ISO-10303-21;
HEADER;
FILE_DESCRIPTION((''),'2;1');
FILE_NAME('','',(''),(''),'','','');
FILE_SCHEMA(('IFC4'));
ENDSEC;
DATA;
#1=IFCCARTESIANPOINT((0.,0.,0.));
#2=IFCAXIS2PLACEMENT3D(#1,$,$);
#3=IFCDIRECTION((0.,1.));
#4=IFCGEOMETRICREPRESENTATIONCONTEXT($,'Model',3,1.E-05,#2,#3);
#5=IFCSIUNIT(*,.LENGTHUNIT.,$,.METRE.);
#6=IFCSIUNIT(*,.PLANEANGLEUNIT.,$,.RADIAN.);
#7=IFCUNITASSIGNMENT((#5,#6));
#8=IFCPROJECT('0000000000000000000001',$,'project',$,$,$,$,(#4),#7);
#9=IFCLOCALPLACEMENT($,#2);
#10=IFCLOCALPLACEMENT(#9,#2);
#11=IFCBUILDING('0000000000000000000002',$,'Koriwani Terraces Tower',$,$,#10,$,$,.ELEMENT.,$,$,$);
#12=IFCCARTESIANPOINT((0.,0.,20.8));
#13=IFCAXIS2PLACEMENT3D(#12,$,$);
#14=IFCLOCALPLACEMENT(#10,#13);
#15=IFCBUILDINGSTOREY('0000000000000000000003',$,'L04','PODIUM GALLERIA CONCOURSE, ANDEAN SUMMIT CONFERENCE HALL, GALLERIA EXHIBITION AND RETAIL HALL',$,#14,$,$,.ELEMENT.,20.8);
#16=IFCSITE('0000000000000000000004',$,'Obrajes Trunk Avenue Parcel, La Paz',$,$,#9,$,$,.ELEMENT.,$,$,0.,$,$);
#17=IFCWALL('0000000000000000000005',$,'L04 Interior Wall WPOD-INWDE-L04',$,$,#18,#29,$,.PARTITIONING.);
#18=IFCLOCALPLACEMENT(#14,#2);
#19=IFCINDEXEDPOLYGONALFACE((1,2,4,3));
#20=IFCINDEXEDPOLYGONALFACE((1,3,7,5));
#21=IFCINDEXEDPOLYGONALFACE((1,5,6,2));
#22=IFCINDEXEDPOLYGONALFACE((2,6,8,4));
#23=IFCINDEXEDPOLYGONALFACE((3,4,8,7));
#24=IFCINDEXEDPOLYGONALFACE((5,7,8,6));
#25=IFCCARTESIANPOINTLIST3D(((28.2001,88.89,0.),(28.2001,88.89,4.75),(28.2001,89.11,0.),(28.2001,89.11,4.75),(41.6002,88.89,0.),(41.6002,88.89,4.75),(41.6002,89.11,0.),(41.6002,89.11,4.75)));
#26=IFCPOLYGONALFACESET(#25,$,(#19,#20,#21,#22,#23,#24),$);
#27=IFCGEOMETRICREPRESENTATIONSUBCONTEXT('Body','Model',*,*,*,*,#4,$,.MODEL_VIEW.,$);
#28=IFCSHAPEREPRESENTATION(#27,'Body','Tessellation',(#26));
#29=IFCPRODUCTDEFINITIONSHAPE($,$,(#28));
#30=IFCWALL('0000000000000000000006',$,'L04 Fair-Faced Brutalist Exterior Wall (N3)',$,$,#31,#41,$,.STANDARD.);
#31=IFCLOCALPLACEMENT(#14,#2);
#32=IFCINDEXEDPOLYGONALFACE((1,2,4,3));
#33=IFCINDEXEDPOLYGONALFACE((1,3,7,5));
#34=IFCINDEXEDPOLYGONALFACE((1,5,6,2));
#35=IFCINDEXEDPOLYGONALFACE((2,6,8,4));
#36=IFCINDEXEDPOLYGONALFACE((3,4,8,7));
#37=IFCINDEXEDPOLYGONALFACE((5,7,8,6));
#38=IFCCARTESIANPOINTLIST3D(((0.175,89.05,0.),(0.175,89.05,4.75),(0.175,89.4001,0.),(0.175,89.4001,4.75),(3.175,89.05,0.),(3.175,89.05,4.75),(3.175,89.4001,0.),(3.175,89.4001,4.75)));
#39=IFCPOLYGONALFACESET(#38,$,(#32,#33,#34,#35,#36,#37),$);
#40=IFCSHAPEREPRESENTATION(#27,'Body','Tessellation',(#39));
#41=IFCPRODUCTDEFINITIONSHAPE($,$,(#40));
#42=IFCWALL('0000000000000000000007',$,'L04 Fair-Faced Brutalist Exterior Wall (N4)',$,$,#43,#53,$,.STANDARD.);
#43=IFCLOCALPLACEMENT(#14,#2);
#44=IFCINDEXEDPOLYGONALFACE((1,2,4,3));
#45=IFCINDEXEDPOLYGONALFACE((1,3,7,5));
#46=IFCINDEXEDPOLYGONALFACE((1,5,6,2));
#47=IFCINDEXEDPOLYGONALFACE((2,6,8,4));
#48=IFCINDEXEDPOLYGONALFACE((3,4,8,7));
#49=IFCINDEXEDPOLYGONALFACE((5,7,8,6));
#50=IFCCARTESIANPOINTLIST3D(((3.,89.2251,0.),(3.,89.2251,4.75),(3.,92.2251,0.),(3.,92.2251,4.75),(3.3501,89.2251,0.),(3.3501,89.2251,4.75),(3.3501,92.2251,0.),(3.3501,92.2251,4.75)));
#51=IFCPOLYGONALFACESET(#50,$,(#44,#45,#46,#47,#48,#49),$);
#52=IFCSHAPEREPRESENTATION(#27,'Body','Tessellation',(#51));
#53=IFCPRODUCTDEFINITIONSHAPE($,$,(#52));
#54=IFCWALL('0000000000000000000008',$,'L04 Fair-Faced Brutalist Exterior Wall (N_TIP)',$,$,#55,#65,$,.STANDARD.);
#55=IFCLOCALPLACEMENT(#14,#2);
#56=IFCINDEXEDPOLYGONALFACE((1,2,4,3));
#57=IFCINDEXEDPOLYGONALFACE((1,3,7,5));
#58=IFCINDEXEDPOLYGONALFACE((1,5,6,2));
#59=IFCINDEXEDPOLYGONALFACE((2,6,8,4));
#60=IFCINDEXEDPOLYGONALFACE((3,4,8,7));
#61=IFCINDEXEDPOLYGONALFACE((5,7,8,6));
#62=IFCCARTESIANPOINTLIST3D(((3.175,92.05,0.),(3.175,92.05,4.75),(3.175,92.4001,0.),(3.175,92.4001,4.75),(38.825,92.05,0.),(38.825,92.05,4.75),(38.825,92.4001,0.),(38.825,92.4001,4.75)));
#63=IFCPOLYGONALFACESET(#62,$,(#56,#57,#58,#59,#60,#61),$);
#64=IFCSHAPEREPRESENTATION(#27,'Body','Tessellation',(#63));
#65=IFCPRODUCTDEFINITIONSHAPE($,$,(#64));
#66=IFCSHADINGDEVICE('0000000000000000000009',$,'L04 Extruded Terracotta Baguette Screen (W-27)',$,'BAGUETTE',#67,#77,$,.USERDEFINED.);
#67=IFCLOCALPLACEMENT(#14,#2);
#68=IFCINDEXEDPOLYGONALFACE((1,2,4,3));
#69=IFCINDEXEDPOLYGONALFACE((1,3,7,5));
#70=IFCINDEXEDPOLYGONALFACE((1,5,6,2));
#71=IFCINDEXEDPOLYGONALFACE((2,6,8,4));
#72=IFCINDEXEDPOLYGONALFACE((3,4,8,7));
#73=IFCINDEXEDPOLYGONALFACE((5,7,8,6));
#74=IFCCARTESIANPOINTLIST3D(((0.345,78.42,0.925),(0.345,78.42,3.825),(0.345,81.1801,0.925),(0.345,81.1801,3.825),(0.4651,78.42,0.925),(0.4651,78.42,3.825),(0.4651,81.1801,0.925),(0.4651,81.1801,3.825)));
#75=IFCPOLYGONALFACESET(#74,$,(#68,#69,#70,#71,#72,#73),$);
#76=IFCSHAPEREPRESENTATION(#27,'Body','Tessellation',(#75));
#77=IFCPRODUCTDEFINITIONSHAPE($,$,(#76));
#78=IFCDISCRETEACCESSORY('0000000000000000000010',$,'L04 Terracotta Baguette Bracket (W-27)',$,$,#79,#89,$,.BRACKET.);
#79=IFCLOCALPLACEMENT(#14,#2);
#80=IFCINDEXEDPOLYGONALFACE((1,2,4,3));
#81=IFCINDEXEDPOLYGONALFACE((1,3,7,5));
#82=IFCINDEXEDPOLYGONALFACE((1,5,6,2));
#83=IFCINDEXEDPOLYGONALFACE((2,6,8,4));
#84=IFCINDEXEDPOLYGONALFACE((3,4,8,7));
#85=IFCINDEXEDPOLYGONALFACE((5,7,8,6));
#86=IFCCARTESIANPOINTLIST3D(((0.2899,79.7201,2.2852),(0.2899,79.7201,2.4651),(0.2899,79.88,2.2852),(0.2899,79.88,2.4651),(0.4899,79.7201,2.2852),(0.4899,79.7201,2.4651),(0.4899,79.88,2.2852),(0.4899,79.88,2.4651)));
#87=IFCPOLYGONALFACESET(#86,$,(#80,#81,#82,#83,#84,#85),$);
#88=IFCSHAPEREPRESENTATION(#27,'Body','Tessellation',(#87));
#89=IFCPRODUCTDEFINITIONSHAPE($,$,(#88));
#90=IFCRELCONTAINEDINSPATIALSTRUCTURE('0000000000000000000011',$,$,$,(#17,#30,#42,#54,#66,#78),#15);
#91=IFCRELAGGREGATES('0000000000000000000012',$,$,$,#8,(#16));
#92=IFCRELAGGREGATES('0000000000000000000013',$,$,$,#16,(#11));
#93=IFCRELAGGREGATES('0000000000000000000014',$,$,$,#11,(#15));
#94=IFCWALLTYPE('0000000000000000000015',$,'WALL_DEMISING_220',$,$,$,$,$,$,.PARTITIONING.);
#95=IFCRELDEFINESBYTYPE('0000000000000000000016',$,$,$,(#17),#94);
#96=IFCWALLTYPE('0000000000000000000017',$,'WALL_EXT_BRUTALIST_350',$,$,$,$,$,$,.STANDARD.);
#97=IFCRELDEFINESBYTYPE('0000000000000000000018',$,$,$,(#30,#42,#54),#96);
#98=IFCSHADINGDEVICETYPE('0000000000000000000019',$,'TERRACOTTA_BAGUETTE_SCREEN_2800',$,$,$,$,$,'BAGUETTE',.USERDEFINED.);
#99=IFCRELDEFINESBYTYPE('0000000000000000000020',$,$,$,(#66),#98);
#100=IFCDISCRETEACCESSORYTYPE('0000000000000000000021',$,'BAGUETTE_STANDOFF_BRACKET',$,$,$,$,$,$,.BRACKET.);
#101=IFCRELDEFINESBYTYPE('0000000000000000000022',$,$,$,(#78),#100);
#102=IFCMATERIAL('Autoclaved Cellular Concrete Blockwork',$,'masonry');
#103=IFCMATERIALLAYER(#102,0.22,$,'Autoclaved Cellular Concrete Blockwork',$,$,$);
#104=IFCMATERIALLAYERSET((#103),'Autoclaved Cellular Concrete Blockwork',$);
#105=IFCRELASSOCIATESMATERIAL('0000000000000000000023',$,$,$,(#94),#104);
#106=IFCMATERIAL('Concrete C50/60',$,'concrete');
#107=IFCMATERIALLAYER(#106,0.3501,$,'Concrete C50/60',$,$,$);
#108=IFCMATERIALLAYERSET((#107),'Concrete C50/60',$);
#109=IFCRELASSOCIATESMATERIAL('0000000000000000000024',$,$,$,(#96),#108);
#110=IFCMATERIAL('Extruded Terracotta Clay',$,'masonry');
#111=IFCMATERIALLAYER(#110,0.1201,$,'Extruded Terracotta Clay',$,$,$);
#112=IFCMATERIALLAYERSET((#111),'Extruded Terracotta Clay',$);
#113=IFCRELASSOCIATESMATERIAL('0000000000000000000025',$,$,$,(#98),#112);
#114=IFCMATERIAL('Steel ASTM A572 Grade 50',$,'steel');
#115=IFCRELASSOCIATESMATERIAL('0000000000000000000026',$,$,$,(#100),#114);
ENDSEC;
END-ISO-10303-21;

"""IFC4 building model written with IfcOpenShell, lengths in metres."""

from ifc_helpers import new_model, si_unit, direction, frame, frame_2d, origin, origin_2d, place, context, subcontext, project, spatial, rectangle, extrude, material, layer, layer_set, type_object, element, save


model = new_model("IFC4")

# Units and contexts
model_context = context("Model", 3, precision=1e-05, world=origin(), true_north=direction((0.0, 1.0)))
body_context = subcontext(model_context, "Body", "Model", "MODEL_VIEW")
ifc_project = project(units=[si_unit("LENGTHUNIT", "METRE"), si_unit("PLANEANGLEUNIT", "RADIAN")], contexts=[model_context])

# Site, building, storey
site_placement = place(None, origin())
site = spatial("IfcSite", under=ifc_project, at=site_placement, Name="Obrajes Trunk Avenue Parcel, La Paz", CompositionType="ELEMENT", RefElevation=0.0)
building_placement = place(site_placement, origin())
building = spatial("IfcBuilding", under=site, at=building_placement, Name="Koriwani Terraces Tower", CompositionType="ELEMENT")
storey_placement = place(building_placement, frame((0.0, 0.0, 20.8)))
storey = spatial("IfcBuildingStorey", under=building, at=storey_placement, Name="L04", Description="PODIUM GALLERIA CONCOURSE, ANDEAN SUMMIT CONFERENCE HALL, GALLERIA EXHIBITION AND RETAIL HALL", CompositionType="ELEMENT", Elevation=20.8)

# Shared definitions
ifc_material_1 = material(Name="Steel ASTM A572 Grade 50", Category="steel")

# Walls
ifc_material_2 = material(Name="Autoclaved Cellular Concrete Blockwork", Category="masonry")
ifc_layer_1 = layer(ifc_material_2, 0.22, Name="Autoclaved Cellular Concrete Blockwork")
ifc_layer_set_1 = layer_set([ifc_layer_1], Name="Autoclaved Cellular Concrete Blockwork")
wall_type_1 = type_object("IfcWallType", Name="WALL_DEMISING_220", PredefinedType="PARTITIONING", material=ifc_layer_set_1)
wall_1_placement = place(storey_placement, frame((28.2, 89.0, 0.0), z_axis=(0.0, 0.0, 1.0), x_axis=(1.0, 0.0, 0.0)))
element("IfcWall", 1, at=wall_1_placement, inside=storey, type_object=wall_type_1, Name="L04 Interior Wall WPOD-INWDE-L04", PredefinedType="PARTITIONING", context=body_context, shape_type="SweptSolid", body=[
    extrude(rectangle(XDim=13.4001, YDim=0.22, at=frame_2d((6.7002, 0.0))), origin(), (0.0, 0.0, 1.0), 4.75),
])
ifc_material_3 = material(Name="Concrete C50/60", Category="concrete")
ifc_layer_2 = layer(ifc_material_3, 0.3501, Name="Concrete C50/60")
ifc_layer_set_2 = layer_set([ifc_layer_2], Name="Concrete C50/60")
wall_type_2 = type_object("IfcWallType", Name="WALL_EXT_BRUTALIST_350", PredefinedType="STANDARD", material=ifc_layer_set_2)
for number, where, z_axis, x_axis, name in (
    (2, (0.175, 89.2251, 0.0), (0.0, 0.0, 1.0), (1.0, 0.0, 0.0), "L04 Fair-Faced Brutalist Exterior Wall (N3)"),
    (3, (3.175, 89.2251, 0.0), (0.0, 0.0, 1.0), (0.0, 1.0, 0.0), "L04 Fair-Faced Brutalist Exterior Wall (N4)"),
):
    element("IfcWall", number, at=place(storey_placement, frame(where, z_axis=z_axis, x_axis=x_axis)), inside=storey, type_object=wall_type_2, Name=name, PredefinedType="STANDARD", context=body_context, shape_type="SweptSolid", body=[
        extrude(rectangle(XDim=3.0, YDim=0.3501, at=frame_2d((1.5, 0.0))), origin(), (0.0, 0.0, 1.0), 4.75),
    ])
wall_2_placement = place(storey_placement, frame((3.175, 92.2251, 0.0), z_axis=(0.0, 0.0, 1.0), x_axis=(1.0, 0.0, 0.0)))
element("IfcWall", 4, at=wall_2_placement, inside=storey, type_object=wall_type_2, Name="L04 Fair-Faced Brutalist Exterior Wall (N_TIP)", PredefinedType="STANDARD", context=body_context, shape_type="SweptSolid", body=[
    extrude(rectangle(XDim=35.6499, YDim=0.3501, at=frame_2d((17.825, 0.0))), origin(), (0.0, 0.0, 1.0), 4.75),
])

# Shading device
ifc_material_4 = material(Name="Extruded Terracotta Clay", Category="masonry")
ifc_layer_3 = layer(ifc_material_4, 0.1201, Name="Extruded Terracotta Clay")
ifc_layer_set_3 = layer_set([ifc_layer_3], Name="Extruded Terracotta Clay")
shading_device_type = type_object("IfcShadingDeviceType", Name="TERRACOTTA_BAGUETTE_SCREEN_2800", ElementType="BAGUETTE", PredefinedType="USERDEFINED", material=ifc_layer_set_3)
shading_device_placement = place(storey_placement, frame((0.405, 79.8, 0.925), z_axis=(0.0, 0.0, 1.0), x_axis=(0.0, 1.0, 0.0)))
element("IfcShadingDevice", 5, at=shading_device_placement, inside=storey, type_object=shading_device_type, Name="L04 Extruded Terracotta Baguette Screen (W-27)", ObjectType="BAGUETTE", PredefinedType="USERDEFINED", context=body_context, shape_type="SweptSolid", body=[
    extrude(rectangle(XDim=2.76, YDim=0.1201, at=origin_2d()), origin(), (0.0, 0.0, 1.0), 2.8999),
])

# Discrete accessory
discrete_accessory_type = type_object("IfcDiscreteAccessoryType", Name="BAGUETTE_STANDOFF_BRACKET", PredefinedType="BRACKET", material=ifc_material_1)
discrete_accessory_placement = place(storey_placement, frame((0.3899, 79.8, 2.2852), z_axis=(0.0, 0.0, 1.0), x_axis=(0.0, 1.0, 0.0)))
element("IfcDiscreteAccessory", 6, at=discrete_accessory_placement, inside=storey, type_object=discrete_accessory_type, Name="L04 Terracotta Baguette Bracket (W-27)", PredefinedType="BRACKET", context=body_context, shape_type="SweptSolid", body=[
    extrude(rectangle(XDim=0.1599, YDim=0.2, at=origin_2d()), origin(), (0.0, 0.0, 1.0), 0.1799),
])

save(model, "model.ifc")
